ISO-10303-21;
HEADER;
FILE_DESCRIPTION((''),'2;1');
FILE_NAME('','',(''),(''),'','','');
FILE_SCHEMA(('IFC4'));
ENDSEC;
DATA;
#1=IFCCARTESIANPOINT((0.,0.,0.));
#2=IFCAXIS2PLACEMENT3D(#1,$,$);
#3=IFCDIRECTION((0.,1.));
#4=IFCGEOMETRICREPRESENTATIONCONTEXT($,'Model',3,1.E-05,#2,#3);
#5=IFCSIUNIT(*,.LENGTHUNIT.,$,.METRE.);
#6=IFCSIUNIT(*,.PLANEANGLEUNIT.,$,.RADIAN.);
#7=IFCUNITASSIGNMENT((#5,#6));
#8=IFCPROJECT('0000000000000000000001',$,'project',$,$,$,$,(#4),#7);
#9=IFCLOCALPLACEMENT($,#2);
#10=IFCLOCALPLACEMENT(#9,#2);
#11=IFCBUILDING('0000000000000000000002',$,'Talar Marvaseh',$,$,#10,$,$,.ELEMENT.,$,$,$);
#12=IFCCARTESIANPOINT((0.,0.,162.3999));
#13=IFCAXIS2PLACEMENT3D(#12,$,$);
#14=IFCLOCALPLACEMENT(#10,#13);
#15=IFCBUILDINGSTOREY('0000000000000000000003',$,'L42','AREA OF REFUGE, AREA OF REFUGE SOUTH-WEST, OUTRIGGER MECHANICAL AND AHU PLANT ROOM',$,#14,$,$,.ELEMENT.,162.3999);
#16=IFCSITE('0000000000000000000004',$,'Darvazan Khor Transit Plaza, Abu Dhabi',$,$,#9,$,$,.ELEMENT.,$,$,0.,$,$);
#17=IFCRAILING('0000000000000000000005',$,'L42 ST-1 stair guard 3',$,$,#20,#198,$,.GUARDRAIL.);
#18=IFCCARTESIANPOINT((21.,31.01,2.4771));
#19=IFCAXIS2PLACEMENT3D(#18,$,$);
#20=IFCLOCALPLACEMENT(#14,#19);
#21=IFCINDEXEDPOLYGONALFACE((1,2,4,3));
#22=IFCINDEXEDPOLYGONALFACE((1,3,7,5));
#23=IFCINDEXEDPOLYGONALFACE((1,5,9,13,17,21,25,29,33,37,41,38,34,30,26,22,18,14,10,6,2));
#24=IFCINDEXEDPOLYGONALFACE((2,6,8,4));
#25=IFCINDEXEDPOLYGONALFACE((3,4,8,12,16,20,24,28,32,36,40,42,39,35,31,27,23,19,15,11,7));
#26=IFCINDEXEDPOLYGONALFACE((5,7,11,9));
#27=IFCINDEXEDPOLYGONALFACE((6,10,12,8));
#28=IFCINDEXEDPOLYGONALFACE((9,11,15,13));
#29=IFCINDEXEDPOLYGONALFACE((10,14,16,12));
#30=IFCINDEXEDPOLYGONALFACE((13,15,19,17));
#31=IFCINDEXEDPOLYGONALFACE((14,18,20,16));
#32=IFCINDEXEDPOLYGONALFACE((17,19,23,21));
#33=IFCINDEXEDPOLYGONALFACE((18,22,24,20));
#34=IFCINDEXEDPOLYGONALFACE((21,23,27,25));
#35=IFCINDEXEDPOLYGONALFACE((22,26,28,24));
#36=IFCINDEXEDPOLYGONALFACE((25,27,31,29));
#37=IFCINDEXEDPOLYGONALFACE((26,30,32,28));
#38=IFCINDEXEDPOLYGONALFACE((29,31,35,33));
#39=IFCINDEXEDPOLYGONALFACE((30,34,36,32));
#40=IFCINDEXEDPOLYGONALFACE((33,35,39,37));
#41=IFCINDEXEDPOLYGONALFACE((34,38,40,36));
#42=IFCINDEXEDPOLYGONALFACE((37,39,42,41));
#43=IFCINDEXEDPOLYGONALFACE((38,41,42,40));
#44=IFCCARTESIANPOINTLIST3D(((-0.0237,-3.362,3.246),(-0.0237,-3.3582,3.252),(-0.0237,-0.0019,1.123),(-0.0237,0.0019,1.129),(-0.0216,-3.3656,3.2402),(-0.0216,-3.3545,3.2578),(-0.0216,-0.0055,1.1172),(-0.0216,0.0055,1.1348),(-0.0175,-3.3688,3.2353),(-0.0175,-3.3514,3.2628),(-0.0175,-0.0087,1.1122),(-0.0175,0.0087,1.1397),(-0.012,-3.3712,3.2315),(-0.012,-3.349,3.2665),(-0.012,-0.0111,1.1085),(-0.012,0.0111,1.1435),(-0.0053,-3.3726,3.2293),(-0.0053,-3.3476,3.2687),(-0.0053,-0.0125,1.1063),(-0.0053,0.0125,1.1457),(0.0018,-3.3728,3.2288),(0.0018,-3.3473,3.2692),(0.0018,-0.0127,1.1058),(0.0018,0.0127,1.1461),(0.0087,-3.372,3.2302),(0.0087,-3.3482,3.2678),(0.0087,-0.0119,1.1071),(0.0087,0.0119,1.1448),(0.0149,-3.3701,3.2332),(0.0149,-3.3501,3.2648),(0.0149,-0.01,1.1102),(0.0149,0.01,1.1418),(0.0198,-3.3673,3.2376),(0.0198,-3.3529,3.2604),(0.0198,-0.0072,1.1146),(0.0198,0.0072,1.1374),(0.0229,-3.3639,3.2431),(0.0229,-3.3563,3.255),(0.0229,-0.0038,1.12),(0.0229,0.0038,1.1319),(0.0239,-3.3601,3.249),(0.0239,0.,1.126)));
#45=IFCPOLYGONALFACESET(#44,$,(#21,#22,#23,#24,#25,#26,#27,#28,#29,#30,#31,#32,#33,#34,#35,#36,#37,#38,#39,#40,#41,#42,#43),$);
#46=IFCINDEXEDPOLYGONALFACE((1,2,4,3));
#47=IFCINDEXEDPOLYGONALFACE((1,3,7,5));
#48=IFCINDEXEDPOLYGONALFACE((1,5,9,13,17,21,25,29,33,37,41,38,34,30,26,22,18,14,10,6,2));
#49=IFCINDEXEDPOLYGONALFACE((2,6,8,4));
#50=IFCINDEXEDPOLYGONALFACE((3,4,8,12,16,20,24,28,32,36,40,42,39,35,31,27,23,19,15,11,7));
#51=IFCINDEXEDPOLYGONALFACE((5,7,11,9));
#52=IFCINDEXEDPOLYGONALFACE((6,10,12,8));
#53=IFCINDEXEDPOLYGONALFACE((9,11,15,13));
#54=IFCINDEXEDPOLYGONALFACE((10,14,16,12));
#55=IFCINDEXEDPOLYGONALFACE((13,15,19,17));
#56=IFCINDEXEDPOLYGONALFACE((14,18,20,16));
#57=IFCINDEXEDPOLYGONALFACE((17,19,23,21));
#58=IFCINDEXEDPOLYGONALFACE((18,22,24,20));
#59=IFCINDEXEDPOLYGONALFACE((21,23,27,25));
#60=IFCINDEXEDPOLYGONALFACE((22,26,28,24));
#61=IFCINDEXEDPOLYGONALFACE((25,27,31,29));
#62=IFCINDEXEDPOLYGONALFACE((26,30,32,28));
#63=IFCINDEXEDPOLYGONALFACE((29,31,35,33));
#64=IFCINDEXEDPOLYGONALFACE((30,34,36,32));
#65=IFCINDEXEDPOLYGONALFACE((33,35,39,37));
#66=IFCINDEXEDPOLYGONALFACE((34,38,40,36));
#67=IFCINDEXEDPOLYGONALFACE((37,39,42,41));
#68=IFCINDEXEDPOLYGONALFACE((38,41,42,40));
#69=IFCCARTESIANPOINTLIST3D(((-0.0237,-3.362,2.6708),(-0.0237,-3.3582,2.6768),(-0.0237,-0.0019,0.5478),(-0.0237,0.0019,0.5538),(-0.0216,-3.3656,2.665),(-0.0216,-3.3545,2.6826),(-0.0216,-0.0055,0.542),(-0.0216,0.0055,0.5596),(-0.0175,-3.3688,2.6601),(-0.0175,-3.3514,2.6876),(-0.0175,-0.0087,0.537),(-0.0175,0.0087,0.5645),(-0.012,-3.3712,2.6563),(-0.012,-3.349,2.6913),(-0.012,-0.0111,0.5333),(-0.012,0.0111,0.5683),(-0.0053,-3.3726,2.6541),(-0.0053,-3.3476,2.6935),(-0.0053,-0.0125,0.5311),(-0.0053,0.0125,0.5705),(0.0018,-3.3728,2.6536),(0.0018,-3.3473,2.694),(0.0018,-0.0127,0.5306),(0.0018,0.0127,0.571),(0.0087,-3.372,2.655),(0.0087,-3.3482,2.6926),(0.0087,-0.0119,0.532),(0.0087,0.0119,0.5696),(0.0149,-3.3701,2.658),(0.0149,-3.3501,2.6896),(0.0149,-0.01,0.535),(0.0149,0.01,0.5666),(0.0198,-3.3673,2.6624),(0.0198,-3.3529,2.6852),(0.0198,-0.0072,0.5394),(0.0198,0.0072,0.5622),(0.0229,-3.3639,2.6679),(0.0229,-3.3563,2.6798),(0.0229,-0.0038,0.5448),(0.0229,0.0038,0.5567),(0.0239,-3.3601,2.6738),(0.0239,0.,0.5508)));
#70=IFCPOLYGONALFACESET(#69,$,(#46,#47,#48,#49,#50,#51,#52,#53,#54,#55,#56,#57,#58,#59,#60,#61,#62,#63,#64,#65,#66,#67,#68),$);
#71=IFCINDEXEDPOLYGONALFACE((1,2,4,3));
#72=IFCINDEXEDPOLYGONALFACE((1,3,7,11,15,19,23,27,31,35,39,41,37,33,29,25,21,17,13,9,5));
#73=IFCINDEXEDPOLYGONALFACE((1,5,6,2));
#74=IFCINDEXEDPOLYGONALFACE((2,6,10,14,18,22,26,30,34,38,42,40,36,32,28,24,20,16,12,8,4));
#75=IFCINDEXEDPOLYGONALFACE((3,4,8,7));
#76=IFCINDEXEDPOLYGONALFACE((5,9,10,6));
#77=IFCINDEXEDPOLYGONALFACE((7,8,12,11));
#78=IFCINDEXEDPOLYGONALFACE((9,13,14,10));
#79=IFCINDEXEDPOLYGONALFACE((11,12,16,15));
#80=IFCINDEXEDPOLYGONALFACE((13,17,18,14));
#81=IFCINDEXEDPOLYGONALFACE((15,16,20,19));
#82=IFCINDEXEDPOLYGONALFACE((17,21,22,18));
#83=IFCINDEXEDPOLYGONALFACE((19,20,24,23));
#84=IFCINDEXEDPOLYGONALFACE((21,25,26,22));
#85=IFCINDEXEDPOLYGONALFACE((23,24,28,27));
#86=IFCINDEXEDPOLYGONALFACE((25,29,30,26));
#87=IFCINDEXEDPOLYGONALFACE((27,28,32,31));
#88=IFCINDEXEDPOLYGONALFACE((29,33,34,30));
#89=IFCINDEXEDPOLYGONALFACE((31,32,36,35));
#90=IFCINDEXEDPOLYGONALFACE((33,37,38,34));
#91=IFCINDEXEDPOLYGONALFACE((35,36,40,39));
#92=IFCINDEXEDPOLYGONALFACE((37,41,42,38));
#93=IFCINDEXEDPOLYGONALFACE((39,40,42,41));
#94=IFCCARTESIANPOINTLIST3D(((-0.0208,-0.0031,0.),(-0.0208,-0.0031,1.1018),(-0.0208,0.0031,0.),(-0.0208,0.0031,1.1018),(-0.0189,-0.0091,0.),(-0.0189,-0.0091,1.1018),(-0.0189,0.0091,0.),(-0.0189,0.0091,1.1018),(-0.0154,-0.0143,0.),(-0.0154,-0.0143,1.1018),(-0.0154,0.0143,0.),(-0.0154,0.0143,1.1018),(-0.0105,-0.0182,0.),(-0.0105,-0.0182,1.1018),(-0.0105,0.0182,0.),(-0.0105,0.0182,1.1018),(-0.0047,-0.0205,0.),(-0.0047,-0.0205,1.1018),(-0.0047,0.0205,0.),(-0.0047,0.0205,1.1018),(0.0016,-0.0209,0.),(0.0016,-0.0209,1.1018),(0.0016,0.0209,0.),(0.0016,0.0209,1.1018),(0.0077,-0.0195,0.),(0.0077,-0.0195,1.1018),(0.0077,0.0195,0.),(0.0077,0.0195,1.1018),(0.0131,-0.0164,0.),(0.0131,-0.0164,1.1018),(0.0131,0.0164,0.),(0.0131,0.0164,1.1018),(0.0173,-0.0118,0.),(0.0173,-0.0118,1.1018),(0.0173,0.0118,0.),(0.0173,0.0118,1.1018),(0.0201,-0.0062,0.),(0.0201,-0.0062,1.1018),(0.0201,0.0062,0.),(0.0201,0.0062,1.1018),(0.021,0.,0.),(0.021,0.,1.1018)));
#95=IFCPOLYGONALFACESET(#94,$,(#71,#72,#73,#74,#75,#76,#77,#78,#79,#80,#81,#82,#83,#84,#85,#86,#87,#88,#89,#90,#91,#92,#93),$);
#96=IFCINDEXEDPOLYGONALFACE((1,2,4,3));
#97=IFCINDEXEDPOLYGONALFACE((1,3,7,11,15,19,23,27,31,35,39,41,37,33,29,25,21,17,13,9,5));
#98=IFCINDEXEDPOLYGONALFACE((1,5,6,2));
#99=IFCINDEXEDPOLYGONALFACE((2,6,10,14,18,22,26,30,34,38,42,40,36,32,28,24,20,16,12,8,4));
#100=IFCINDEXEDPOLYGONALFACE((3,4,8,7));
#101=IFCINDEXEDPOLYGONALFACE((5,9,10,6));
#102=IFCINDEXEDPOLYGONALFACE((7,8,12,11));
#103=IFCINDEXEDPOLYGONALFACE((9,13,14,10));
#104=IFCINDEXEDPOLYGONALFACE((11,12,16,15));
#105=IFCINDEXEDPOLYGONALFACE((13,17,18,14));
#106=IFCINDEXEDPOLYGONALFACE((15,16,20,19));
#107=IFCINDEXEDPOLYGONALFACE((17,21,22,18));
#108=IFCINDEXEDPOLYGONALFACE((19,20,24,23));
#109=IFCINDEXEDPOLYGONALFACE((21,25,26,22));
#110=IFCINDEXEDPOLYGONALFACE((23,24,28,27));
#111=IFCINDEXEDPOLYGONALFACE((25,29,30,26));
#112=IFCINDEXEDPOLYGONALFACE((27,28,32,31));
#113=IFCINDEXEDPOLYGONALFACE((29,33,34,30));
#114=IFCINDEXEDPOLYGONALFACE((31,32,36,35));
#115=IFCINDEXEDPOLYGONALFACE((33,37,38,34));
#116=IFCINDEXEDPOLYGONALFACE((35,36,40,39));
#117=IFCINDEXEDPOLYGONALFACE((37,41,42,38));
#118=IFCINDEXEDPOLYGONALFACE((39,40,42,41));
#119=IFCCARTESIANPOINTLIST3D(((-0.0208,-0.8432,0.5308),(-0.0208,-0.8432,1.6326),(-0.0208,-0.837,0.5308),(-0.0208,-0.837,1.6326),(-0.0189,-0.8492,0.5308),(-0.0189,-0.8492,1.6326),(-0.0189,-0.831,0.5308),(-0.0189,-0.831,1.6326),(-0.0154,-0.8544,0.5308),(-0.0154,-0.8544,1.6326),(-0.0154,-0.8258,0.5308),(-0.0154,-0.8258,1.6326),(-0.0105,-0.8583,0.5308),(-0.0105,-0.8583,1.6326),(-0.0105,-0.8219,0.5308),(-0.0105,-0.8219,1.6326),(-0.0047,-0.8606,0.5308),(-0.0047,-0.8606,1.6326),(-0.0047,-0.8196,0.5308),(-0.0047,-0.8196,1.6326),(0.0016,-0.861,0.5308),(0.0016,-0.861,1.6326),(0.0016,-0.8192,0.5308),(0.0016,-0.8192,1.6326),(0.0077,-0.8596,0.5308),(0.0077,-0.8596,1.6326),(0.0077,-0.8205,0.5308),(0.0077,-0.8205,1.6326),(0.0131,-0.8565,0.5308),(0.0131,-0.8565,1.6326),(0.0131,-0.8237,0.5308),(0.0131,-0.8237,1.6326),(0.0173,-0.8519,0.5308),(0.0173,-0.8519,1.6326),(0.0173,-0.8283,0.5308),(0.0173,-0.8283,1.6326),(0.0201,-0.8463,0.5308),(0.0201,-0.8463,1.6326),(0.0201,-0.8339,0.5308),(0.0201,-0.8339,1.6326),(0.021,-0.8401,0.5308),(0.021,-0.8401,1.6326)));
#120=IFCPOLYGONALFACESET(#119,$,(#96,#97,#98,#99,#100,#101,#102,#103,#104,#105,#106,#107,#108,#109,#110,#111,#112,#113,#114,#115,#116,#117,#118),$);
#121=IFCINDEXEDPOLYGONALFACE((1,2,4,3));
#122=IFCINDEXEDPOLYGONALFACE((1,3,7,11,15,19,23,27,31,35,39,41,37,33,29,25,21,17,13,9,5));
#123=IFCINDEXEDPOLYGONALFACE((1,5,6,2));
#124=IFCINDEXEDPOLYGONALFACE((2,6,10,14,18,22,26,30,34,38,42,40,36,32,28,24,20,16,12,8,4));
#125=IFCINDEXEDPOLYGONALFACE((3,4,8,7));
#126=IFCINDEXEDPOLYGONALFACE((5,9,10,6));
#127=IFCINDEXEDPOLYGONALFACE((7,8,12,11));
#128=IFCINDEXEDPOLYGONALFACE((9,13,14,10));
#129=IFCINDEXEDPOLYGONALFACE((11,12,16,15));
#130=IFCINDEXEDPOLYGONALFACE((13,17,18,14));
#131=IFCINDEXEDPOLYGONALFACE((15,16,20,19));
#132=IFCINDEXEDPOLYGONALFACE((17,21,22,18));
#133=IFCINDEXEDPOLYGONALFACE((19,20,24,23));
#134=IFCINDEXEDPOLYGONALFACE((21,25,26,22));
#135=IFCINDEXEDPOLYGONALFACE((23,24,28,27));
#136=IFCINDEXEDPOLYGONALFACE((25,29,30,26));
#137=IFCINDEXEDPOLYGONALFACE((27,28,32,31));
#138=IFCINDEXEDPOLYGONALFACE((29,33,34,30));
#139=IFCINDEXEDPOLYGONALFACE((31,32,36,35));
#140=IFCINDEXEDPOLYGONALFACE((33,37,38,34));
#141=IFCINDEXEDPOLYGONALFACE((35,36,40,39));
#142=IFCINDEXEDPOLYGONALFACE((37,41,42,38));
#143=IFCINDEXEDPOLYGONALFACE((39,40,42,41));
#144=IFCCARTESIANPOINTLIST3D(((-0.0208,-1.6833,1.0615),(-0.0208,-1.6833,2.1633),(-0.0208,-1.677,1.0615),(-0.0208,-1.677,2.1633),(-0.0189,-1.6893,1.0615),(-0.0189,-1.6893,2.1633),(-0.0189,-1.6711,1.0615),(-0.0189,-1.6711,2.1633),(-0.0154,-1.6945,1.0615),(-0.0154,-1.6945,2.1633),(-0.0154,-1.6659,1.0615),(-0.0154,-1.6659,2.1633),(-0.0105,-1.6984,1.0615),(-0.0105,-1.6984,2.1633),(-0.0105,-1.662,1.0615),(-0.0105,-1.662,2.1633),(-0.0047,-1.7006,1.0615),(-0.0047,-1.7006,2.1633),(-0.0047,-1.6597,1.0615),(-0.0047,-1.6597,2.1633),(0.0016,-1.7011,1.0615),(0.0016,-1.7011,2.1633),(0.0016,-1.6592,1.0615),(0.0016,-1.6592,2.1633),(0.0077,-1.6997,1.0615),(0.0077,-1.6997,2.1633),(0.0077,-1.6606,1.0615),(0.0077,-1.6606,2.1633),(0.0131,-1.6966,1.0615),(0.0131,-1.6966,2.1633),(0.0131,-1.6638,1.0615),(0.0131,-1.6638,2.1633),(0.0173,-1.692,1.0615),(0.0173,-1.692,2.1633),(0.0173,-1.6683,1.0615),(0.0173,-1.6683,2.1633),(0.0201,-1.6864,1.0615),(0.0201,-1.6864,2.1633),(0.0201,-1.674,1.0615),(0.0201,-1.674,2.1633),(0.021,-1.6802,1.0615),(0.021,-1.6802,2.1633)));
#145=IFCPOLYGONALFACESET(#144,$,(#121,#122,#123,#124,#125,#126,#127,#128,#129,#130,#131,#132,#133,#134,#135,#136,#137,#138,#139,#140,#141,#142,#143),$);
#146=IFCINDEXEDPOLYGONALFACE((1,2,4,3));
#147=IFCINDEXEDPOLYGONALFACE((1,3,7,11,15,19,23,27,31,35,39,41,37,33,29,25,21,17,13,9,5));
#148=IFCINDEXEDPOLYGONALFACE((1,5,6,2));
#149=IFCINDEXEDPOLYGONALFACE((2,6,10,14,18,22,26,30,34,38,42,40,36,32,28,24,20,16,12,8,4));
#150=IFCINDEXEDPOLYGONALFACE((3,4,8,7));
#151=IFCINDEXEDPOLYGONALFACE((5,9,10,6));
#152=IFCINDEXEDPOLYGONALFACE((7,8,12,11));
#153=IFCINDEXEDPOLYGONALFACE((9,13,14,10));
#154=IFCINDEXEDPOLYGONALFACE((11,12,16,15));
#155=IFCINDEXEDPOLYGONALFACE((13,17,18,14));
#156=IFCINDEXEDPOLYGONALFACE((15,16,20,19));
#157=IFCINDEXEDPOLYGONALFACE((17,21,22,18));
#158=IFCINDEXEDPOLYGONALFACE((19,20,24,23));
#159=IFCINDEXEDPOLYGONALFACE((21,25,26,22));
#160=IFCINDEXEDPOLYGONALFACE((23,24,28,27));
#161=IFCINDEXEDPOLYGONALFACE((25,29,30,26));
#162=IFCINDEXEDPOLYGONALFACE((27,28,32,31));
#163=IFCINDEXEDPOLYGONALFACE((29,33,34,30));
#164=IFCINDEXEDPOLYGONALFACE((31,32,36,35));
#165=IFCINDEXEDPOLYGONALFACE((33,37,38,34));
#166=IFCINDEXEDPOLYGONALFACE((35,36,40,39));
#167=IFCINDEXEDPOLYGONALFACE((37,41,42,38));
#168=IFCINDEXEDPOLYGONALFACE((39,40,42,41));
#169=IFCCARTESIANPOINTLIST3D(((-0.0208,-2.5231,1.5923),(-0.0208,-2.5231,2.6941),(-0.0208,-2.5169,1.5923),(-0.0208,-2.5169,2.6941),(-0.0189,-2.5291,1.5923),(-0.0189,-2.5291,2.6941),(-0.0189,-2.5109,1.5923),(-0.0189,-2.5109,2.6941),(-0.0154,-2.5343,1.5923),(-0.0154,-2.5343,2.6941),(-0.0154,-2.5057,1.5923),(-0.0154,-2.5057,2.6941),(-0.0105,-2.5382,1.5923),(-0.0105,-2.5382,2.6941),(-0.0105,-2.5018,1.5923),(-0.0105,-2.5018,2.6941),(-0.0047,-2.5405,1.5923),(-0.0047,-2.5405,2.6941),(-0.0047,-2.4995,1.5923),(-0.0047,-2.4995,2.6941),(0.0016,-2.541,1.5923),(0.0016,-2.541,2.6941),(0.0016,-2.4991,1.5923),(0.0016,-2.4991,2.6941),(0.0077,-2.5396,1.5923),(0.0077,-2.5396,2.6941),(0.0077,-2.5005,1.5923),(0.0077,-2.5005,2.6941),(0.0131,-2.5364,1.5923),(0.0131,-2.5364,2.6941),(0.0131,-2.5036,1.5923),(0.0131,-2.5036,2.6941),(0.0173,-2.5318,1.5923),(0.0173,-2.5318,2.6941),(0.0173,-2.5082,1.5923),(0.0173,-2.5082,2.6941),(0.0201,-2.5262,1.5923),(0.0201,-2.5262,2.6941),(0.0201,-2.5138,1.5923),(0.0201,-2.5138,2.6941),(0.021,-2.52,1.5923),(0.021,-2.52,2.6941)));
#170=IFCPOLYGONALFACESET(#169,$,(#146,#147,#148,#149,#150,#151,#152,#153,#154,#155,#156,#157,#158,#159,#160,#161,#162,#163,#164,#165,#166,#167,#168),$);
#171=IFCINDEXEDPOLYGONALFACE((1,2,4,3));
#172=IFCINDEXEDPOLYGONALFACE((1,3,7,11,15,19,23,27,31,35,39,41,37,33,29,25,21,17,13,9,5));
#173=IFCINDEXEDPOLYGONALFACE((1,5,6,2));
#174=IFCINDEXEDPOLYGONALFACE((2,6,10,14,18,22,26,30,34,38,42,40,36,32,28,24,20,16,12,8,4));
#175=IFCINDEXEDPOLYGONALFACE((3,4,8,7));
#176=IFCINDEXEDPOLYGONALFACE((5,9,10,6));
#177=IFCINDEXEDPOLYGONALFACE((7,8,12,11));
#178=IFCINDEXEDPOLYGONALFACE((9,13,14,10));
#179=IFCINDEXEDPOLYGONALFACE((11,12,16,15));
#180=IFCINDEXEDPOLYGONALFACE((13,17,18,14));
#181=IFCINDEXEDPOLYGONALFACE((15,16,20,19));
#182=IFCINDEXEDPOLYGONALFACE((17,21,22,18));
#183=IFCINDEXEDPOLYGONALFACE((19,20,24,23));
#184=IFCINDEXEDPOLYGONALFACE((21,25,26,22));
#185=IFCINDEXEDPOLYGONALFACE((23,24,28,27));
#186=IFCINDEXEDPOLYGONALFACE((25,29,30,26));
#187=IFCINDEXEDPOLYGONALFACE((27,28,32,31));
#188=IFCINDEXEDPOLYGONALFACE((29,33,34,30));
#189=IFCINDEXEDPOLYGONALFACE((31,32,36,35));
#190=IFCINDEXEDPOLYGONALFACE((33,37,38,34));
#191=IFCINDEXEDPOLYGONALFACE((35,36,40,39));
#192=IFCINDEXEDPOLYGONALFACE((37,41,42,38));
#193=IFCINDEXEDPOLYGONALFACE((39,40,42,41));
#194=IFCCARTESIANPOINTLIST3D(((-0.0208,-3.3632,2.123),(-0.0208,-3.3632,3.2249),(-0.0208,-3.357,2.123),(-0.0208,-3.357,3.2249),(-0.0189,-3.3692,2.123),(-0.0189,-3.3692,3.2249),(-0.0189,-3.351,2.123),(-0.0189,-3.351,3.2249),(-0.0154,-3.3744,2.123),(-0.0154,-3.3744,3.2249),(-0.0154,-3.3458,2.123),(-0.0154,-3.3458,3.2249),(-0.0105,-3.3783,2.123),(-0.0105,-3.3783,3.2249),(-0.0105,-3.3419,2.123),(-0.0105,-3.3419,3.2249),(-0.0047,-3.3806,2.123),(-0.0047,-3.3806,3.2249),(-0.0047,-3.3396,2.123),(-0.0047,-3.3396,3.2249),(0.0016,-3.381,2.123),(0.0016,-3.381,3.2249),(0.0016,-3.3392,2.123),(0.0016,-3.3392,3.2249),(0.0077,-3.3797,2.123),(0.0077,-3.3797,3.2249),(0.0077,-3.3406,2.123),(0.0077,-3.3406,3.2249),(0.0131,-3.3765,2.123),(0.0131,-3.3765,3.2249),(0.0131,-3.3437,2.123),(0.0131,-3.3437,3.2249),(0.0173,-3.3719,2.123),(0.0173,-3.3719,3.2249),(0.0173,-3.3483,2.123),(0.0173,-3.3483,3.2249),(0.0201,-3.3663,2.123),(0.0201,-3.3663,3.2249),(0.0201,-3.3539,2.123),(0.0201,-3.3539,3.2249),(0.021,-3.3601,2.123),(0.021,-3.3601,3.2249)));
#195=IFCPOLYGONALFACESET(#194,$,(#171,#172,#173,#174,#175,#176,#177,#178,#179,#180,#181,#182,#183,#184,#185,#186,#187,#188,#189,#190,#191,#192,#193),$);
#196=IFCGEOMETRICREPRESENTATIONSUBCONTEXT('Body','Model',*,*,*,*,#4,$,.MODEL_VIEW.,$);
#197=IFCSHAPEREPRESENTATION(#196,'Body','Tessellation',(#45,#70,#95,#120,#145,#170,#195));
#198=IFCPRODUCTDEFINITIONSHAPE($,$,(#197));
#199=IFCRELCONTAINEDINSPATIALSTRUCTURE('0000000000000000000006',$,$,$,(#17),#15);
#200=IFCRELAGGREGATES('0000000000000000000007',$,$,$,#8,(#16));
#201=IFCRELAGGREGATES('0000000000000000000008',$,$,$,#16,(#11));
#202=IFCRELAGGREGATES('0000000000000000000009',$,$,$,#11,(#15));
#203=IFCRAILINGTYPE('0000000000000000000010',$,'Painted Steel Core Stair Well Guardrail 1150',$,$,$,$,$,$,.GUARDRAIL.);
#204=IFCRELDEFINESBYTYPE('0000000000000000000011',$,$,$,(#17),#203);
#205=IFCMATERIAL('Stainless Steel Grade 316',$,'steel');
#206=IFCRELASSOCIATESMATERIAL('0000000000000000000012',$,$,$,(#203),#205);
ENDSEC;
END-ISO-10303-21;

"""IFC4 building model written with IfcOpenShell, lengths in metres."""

from ifc_helpers import new_model, si_unit, direction, frame, origin, origin_2d, place, context, subcontext, project, spatial, circle, extrude, material, type_object, element, save


model = new_model("IFC4")

# Units and contexts
model_context = context("Model", 3, precision=1e-05, world=origin(), true_north=direction((0.0, 1.0)))
body_context = subcontext(model_context, "Body", "Model", "MODEL_VIEW")
ifc_project = project(units=[si_unit("LENGTHUNIT", "METRE"), si_unit("PLANEANGLEUNIT", "RADIAN")], contexts=[model_context])

# Site, building, storey
site_placement = place(None, origin())
site = spatial("IfcSite", under=ifc_project, at=site_placement, Name="Darvazan Khor Transit Plaza, Abu Dhabi", CompositionType="ELEMENT", RefElevation=0.0)
building_placement = place(site_placement, origin())
building = spatial("IfcBuilding", under=site, at=building_placement, Name="Talar Marvaseh", CompositionType="ELEMENT")
storey_placement = place(building_placement, frame((0.0, 0.0, 162.3999)))
storey = spatial("IfcBuildingStorey", under=building, at=storey_placement, Name="L42", Description="AREA OF REFUGE, AREA OF REFUGE SOUTH-WEST, OUTRIGGER MECHANICAL AND AHU PLANT ROOM", CompositionType="ELEMENT", Elevation=162.3999)

# Shared definitions
ifc_material_1 = material(Name="Stainless Steel Grade 316", Category="steel")

# Railing
railing_type_1 = type_object("IfcRailingType", Name="Painted Steel Core Stair Well Guardrail 1150", PredefinedType="GUARDRAIL", material=ifc_material_1)
railing_1_placement = place(storey_placement, frame((21.0, 31.01, 2.4771)))
element("IfcRailing", 1, at=railing_1_placement, inside=storey, type_object=railing_type_1, Name="L42 ST-1 stair guard 3", PredefinedType="GUARDRAIL", context=body_context, shape_type="SweptSolid", body=[
    extrude(circle(Radius=0.0239, at=origin_2d()), frame((0.0, 0.0, 1.126), z_axis=(0.0, -0.84539, 0.53415), x_axis=(1.0, 0.0, 0.0)), (0.0, 0.0, 1.0), 3.9746),
    extrude(circle(Radius=0.0239, at=origin_2d()), frame((0.0, 0.0, 0.5508), z_axis=(0.0, -0.84539, 0.53415), x_axis=(1.0, 0.0, 0.0)), (0.0, 0.0, 1.0), 3.9746),
    extrude(circle(Radius=0.021, at=origin_2d()), origin(), (0.0, 0.0, 1.0), 1.1018),
    extrude(circle(Radius=0.021, at=origin_2d()), frame((0.0, -0.8401, 0.5308)), (0.0, 0.0, 1.0), 1.1018),
    extrude(circle(Radius=0.021, at=origin_2d()), frame((0.0, -1.6802, 1.0615)), (0.0, 0.0, 1.0), 1.1018),
    extrude(circle(Radius=0.021, at=origin_2d()), frame((0.0, -2.52, 1.5923)), (0.0, 0.0, 1.0), 1.1018),
    extrude(circle(Radius=0.021, at=origin_2d()), frame((0.0, -3.3601, 2.123)), (0.0, 0.0, 1.0), 1.1018),
])

save(model, "model.ifc")
